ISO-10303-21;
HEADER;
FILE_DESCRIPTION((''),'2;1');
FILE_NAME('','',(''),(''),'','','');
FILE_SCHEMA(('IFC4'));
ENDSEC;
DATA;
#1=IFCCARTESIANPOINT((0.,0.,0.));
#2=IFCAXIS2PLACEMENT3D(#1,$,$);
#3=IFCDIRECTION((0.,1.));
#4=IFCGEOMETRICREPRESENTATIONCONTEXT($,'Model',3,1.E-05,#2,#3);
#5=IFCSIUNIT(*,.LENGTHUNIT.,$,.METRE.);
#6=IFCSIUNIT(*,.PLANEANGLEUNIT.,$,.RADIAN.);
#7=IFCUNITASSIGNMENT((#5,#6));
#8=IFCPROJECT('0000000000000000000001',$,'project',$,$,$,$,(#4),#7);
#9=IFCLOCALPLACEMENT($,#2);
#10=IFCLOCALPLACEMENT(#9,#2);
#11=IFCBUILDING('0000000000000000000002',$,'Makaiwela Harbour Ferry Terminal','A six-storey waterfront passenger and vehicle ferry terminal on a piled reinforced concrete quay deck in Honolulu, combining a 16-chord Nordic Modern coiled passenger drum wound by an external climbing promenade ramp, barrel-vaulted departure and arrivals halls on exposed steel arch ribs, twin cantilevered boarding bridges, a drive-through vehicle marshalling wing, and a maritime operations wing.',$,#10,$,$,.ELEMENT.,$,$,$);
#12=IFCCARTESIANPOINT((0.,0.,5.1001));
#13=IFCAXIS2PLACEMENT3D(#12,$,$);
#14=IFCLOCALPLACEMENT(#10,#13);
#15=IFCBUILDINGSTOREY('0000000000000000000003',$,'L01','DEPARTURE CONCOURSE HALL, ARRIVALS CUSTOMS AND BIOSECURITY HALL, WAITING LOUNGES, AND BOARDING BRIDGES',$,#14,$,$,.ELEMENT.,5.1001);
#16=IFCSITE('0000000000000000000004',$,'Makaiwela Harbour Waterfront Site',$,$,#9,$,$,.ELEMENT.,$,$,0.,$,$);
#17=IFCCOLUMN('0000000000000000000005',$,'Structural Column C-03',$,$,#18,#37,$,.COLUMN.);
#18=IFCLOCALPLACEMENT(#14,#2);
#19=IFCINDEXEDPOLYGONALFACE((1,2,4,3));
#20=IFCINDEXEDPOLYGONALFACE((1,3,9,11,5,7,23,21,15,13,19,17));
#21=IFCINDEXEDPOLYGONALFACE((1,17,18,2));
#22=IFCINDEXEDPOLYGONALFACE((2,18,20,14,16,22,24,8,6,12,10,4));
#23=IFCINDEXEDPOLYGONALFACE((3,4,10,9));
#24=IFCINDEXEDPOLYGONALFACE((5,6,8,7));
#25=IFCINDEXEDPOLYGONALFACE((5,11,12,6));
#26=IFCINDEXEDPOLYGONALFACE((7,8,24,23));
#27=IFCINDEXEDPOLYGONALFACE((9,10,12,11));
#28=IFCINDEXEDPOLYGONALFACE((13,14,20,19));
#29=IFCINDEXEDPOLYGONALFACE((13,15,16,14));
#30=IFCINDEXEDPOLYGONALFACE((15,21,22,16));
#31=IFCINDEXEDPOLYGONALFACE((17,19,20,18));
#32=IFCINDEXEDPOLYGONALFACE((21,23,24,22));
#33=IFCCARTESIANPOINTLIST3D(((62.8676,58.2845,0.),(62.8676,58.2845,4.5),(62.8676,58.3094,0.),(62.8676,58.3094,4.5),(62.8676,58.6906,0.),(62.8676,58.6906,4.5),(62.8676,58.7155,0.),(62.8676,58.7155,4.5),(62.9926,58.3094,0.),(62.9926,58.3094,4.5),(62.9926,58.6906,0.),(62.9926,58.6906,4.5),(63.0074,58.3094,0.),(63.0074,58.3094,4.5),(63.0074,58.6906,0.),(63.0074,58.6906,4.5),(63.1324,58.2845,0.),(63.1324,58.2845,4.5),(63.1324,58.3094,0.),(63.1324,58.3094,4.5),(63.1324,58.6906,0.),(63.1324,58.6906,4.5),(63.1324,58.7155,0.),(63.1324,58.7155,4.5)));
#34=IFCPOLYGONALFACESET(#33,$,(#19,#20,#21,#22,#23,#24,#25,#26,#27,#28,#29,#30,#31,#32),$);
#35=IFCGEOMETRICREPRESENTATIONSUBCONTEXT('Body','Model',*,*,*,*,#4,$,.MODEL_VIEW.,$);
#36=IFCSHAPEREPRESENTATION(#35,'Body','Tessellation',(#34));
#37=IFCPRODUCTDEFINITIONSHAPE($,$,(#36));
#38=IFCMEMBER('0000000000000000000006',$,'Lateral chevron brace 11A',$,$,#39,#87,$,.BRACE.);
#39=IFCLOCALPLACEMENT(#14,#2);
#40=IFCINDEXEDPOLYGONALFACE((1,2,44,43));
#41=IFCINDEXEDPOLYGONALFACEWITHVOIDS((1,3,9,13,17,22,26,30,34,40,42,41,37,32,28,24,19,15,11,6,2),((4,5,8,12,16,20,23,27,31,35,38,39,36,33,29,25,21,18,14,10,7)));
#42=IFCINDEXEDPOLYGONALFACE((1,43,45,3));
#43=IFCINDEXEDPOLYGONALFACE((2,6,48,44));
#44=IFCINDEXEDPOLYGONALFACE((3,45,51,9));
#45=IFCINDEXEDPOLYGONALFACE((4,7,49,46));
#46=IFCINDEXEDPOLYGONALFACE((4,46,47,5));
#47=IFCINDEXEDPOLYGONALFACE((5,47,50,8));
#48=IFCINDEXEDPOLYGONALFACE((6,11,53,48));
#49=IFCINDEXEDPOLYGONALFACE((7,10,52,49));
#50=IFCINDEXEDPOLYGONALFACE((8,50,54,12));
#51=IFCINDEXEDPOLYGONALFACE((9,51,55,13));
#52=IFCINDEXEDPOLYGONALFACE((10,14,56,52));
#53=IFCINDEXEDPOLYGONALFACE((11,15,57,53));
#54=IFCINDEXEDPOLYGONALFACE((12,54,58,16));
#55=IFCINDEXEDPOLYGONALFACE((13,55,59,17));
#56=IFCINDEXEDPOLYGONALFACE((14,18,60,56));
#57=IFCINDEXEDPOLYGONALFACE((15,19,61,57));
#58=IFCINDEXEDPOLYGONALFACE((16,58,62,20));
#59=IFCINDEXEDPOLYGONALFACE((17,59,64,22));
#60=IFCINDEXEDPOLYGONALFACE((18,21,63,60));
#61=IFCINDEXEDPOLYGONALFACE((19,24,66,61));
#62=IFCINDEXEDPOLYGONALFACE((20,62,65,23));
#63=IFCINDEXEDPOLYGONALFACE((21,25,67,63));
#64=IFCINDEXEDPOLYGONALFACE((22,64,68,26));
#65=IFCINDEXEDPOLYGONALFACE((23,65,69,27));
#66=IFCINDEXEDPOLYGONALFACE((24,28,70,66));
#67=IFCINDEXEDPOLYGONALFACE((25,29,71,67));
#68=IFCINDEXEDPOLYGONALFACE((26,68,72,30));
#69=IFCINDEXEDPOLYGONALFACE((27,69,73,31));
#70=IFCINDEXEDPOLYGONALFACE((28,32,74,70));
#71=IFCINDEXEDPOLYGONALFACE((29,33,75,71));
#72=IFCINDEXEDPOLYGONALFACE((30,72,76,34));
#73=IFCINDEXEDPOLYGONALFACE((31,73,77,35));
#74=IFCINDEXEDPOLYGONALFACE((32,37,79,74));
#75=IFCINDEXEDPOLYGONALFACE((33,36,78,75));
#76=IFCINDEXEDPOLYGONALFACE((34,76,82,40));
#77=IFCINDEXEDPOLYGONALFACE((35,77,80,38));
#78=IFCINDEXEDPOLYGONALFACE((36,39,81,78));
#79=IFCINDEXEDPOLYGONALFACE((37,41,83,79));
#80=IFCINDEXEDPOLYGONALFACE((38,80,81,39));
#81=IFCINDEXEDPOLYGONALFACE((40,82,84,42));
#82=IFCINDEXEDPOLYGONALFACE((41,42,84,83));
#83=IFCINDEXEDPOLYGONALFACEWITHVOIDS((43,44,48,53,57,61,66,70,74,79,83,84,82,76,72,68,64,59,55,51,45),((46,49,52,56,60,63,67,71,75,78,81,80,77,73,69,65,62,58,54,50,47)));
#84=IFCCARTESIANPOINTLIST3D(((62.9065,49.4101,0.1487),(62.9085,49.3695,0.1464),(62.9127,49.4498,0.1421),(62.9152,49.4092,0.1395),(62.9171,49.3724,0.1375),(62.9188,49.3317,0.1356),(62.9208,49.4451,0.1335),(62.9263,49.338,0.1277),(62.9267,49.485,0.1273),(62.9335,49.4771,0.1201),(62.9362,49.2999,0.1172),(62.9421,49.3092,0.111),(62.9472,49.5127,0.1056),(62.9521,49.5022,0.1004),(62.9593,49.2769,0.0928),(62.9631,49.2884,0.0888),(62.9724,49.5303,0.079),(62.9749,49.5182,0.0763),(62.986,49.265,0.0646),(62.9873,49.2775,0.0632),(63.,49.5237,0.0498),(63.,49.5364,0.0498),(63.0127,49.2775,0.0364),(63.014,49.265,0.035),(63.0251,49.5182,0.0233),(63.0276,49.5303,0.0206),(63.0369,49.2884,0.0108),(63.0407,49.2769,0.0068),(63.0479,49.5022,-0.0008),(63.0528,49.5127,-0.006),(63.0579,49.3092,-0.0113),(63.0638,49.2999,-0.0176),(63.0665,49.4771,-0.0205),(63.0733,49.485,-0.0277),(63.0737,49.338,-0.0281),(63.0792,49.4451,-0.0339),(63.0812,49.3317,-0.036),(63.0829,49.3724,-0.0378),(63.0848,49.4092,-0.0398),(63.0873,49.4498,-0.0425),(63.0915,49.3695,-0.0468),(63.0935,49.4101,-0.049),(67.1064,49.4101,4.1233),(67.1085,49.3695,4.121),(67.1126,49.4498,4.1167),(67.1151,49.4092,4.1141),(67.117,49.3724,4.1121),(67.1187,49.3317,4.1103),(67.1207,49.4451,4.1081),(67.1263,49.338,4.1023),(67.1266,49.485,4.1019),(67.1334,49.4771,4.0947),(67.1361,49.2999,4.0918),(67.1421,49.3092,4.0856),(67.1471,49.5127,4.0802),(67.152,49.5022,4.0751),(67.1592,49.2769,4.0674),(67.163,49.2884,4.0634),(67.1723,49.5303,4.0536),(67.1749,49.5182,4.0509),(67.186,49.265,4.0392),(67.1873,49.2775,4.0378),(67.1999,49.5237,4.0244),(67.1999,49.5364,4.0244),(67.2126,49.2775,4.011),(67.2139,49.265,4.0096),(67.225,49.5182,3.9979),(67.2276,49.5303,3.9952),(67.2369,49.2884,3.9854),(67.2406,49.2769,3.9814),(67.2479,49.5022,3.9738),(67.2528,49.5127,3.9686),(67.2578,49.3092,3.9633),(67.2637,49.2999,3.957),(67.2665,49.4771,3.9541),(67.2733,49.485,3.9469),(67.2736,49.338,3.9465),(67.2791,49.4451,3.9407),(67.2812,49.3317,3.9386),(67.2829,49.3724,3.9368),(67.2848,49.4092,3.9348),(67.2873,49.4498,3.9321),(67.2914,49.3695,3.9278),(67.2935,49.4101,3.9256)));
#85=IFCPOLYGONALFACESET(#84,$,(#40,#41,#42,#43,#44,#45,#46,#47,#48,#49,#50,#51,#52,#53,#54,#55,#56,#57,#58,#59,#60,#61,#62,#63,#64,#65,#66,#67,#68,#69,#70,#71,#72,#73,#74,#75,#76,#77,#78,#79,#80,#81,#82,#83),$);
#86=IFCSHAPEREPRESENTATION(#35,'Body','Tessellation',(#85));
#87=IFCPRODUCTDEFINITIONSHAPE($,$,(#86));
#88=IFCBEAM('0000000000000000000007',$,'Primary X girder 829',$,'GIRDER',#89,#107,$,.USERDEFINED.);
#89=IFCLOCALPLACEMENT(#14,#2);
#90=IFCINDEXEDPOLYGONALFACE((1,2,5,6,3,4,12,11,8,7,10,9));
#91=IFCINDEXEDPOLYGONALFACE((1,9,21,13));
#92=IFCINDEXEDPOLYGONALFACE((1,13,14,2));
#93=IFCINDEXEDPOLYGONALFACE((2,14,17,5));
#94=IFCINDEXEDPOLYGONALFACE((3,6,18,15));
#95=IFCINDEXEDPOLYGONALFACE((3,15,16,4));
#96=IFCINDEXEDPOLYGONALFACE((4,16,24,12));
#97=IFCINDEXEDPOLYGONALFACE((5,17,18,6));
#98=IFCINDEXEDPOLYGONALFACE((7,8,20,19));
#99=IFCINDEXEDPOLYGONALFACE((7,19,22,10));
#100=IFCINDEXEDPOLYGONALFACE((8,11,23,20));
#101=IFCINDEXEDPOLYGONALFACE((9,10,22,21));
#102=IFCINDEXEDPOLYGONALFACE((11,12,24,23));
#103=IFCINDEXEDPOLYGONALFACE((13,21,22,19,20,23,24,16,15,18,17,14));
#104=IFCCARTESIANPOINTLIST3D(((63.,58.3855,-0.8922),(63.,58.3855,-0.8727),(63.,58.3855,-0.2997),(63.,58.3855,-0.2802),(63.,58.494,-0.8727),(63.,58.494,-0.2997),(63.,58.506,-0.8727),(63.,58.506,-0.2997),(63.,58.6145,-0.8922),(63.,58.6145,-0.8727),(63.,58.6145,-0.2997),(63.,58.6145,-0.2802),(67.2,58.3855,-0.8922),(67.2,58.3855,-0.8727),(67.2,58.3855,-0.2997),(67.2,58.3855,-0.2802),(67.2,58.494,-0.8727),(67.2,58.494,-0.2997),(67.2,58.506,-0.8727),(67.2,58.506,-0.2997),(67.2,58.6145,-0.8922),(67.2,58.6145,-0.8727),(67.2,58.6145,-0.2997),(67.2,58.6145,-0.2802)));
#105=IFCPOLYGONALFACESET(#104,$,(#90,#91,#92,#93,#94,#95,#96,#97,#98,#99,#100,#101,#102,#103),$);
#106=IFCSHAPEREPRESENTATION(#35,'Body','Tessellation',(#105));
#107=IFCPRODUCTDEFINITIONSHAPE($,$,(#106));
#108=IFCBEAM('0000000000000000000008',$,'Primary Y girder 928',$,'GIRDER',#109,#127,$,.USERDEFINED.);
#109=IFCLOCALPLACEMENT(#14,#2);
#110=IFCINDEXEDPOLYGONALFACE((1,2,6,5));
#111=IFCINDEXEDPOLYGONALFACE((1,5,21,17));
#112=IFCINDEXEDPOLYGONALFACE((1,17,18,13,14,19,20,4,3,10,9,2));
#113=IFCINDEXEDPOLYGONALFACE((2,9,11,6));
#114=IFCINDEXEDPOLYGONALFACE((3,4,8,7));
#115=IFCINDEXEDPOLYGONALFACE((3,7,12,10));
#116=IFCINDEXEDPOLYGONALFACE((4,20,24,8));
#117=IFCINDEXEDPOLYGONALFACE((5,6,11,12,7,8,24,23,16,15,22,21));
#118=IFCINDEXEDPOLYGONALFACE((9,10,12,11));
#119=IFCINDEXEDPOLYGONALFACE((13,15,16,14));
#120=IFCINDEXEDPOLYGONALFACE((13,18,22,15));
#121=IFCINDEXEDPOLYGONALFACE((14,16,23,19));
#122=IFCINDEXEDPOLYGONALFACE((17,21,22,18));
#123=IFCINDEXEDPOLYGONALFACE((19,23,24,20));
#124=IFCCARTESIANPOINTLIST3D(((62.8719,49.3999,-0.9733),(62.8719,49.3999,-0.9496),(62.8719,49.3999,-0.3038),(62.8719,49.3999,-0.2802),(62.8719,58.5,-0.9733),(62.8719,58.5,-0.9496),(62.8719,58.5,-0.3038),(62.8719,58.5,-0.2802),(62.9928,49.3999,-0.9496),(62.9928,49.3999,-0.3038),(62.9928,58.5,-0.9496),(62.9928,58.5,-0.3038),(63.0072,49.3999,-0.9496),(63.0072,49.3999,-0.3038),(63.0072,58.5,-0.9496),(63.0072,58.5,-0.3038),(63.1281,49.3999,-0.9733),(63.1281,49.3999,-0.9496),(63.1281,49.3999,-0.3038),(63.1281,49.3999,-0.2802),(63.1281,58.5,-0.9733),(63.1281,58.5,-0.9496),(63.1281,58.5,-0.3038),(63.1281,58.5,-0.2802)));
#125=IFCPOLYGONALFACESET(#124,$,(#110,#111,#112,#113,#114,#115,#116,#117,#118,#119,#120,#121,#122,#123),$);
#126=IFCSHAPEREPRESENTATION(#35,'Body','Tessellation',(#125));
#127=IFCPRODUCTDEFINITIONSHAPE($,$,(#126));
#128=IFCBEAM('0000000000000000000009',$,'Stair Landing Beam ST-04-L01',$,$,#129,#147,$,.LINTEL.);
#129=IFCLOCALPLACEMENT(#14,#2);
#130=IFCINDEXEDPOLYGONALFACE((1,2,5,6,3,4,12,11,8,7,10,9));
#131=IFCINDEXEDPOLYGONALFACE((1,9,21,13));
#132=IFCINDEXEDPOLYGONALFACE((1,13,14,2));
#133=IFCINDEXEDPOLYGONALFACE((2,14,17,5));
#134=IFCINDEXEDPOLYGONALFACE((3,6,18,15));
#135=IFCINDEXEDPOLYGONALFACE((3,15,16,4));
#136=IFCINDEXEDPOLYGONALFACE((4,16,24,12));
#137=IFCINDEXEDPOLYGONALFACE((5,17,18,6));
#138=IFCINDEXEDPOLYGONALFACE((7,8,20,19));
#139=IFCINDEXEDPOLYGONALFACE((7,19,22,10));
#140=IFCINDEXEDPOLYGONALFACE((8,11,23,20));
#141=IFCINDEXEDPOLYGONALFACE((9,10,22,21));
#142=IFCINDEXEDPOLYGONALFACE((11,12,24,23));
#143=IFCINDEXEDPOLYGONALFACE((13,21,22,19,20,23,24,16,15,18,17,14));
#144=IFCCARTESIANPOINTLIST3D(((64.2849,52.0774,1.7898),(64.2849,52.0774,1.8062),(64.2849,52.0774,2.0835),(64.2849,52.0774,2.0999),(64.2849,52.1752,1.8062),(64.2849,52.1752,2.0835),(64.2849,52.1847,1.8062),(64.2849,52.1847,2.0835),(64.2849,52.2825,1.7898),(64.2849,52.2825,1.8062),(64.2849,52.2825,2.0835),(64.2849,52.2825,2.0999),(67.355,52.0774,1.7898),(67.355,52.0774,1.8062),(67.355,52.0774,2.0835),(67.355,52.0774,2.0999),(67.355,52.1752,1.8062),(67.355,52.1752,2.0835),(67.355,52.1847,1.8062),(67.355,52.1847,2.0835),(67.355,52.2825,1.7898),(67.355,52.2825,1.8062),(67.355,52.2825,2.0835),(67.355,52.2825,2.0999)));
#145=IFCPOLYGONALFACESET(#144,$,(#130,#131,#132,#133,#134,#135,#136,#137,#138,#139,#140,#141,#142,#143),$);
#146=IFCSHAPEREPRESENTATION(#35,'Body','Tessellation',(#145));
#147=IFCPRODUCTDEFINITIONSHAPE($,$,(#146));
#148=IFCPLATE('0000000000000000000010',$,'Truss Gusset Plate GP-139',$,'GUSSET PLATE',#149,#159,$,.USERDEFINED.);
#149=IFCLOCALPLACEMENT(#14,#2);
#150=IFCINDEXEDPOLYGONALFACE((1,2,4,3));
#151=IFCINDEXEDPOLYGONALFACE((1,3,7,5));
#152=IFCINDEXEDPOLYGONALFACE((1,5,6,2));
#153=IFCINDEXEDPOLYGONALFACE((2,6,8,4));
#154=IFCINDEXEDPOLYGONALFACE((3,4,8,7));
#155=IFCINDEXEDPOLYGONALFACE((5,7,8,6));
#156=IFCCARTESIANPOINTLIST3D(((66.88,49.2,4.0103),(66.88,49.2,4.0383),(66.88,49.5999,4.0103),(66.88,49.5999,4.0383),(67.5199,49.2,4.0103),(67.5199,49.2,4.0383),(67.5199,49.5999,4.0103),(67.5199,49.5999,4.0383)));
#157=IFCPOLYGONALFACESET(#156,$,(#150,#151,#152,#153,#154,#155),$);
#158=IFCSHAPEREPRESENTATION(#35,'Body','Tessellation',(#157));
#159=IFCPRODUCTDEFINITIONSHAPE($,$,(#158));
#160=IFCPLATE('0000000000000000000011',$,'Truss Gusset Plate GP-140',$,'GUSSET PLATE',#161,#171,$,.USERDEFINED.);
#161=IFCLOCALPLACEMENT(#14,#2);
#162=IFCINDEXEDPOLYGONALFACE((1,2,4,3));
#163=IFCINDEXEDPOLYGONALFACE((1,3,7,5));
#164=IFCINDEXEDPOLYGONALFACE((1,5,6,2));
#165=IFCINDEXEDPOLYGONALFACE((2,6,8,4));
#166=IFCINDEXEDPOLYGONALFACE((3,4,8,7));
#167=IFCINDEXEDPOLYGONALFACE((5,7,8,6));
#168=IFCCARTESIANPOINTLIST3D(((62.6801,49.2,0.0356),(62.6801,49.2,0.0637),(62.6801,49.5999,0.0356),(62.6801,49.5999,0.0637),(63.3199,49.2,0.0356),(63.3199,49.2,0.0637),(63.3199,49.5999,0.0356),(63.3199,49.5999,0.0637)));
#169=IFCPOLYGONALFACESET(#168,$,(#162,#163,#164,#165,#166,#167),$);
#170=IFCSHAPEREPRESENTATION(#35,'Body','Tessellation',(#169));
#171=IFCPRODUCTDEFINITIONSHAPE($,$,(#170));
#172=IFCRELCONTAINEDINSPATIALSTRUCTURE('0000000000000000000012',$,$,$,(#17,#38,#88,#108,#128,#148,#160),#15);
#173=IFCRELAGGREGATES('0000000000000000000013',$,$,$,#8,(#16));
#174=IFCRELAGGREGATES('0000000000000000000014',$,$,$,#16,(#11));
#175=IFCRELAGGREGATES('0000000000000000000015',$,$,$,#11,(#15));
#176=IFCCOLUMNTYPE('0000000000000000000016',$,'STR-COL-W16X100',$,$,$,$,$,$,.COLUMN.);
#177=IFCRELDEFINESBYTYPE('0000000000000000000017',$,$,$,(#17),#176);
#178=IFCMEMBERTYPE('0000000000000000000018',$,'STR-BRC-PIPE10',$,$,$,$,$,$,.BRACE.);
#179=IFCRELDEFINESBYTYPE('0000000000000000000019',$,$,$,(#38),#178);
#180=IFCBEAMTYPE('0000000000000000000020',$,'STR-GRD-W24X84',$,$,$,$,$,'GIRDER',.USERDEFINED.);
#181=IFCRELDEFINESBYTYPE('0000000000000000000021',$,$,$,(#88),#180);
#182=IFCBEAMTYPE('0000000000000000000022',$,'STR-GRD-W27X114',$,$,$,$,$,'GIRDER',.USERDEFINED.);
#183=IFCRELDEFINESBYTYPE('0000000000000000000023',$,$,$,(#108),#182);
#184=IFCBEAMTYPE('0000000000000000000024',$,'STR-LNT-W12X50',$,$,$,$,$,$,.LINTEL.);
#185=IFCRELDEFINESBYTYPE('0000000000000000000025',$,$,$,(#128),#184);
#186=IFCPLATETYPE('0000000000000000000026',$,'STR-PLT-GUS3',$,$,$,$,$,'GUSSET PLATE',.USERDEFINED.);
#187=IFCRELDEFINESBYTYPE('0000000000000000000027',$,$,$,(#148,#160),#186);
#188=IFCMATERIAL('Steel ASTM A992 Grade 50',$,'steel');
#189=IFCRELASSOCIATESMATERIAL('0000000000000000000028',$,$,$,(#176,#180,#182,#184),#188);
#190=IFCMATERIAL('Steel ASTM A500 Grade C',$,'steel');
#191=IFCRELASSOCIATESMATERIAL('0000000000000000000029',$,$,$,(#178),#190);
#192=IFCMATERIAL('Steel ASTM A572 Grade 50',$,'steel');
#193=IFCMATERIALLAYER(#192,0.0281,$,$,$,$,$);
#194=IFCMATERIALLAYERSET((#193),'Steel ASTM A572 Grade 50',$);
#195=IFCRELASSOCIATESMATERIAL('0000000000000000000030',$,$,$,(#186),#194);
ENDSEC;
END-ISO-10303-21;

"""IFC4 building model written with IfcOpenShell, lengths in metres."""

from ifc_helpers import new_model, si_unit, direction, frame, origin, origin_2d, place, context, subcontext, project, spatial, rectangle, hollow_circle, i_section, extrude, material, layer, layer_set, material_profile, profile_set, type_object, element, save


model = new_model("IFC4")

# Units and contexts
model_context = context("Model", 3, precision=1e-05, world=origin(), true_north=direction((0.0, 1.0)))
body_context = subcontext(model_context, "Body", "Model", "MODEL_VIEW")
ifc_project = project(units=[si_unit("LENGTHUNIT", "METRE"), si_unit("PLANEANGLEUNIT", "RADIAN")], contexts=[model_context])

# Site, building, storey
site_placement = place(None, origin())
site = spatial("IfcSite", under=ifc_project, at=site_placement, Name="Makaiwela Harbour Waterfront Site", CompositionType="ELEMENT", RefElevation=0.0)
building_placement = place(site_placement, origin())
building = spatial("IfcBuilding", under=site, at=building_placement, Name="Makaiwela Harbour Ferry Terminal", Description="A six-storey waterfront passenger and vehicle ferry terminal on a piled reinforced concrete quay deck in Honolulu, combining a 16-chord Nordic Modern coiled passenger drum wound by an external climbing promenade ramp, barrel-vaulted departure and arrivals halls on exposed steel arch ribs, twin cantilevered boarding bridges, a drive-through vehicle marshalling wing, and a maritime operations wing.", CompositionType="ELEMENT")
storey_placement = place(building_placement, frame((0.0, 0.0, 5.1001)))
storey = spatial("IfcBuildingStorey", under=building, at=storey_placement, Name="L01", Description="DEPARTURE CONCOURSE HALL, ARRIVALS CUSTOMS AND BIOSECURITY HALL, WAITING LOUNGES, AND BOARDING BRIDGES", CompositionType="ELEMENT", Elevation=5.1001)

# Column
ifc_material_1 = material(Name="Steel ASTM A992 Grade 50", Category="steel")
ifc_material_profile_1 = material_profile(ifc_material_1, i_section(OverallWidth=0.2649, OverallDepth=0.4309, WebThickness=0.0149, FlangeThickness=0.0249, at=origin_2d()), Name="W16X100")
ifc_profile_set_1 = profile_set([ifc_material_profile_1], Name="Steel ASTM A992 Grade 50")
column_type = type_object("IfcColumnType", Name="STR-COL-W16X100", PredefinedType="COLUMN", material=ifc_profile_set_1)
column_placement = place(storey_placement, frame((63.0, 58.5, 0.0), z_axis=(0.0, 0.0, 1.0), x_axis=(1.0, 0.0, 0.0)))
element("IfcColumn", 1, at=column_placement, inside=storey, type_object=column_type, Name="Structural Column C-03", PredefinedType="COLUMN", context=body_context, shape_type="SweptSolid", body=[
    extrude(i_section(OverallWidth=0.2649, OverallDepth=0.4309, WebThickness=0.0149, FlangeThickness=0.0249, at=origin_2d()), origin(), (0.0, 0.0, 1.0), 4.5),
])

# Member
ifc_material_2 = material(Name="Steel ASTM A500 Grade C", Category="steel")
ifc_material_profile_2 = material_profile(ifc_material_2, hollow_circle(Radius=0.1365, WallThickness=0.0127, at=origin_2d()), Name="PIPE10XS")
ifc_profile_set_2 = profile_set([ifc_material_profile_2], Name="Steel ASTM A500 Grade C")
member_type = type_object("IfcMemberType", Name="STR-BRC-PIPE10", PredefinedType="BRACE", material=ifc_profile_set_2)
member_placement = place(storey_placement, frame((63.0, 49.3999, 0.0498), z_axis=(0.726323, 0.0, 0.687353), x_axis=(0.0, 1.0, 0.0)))
element("IfcMember", 2, at=member_placement, inside=storey, type_object=member_type, Name="Lateral chevron brace 11A", PredefinedType="BRACE", context=body_context, shape_type="SweptSolid", body=[
    extrude(hollow_circle(Radius=0.1365, WallThickness=0.0127, at=origin_2d()), origin(), (0.0, 0.0, 1.0), 5.7825),
])

# Beams
ifc_material_profile_3 = material_profile(ifc_material_1, i_section(OverallWidth=0.229, OverallDepth=0.6121, WebThickness=0.012, FlangeThickness=0.0195, at=origin_2d()), Name="W24X84")
ifc_profile_set_3 = profile_set([ifc_material_profile_3], Name="Steel ASTM A992 Grade 50")
beam_type_1 = type_object("IfcBeamType", Name="STR-GRD-W24X84", ElementType="GIRDER", PredefinedType="USERDEFINED", material=ifc_profile_set_3)
beam_1_placement = place(storey_placement, frame((63.0, 58.5, -0.5862), z_axis=(1.0, 0.0, 0.0), x_axis=(0.0, 1.0, 0.0)))
element("IfcBeam", 3, at=beam_1_placement, inside=storey, type_object=beam_type_1, Name="Primary X girder 829", ObjectType="GIRDER", PredefinedType="USERDEFINED", context=body_context, shape_type="SweptSolid", body=[
    extrude(i_section(OverallWidth=0.229, OverallDepth=0.6121, WebThickness=0.012, FlangeThickness=0.0195, at=origin_2d()), origin(), (0.0, 0.0, 1.0), 4.2),
])
ifc_material_profile_4 = material_profile(ifc_material_1, i_section(OverallWidth=0.2561, OverallDepth=0.6931, WebThickness=0.0144, FlangeThickness=0.0237, at=origin_2d()), Name="W27X114")
ifc_profile_set_4 = profile_set([ifc_material_profile_4], Name="Steel ASTM A992 Grade 50")
beam_type_2 = type_object("IfcBeamType", Name="STR-GRD-W27X114", ElementType="GIRDER", PredefinedType="USERDEFINED", material=ifc_profile_set_4)
beam_2_placement = place(storey_placement, frame((63.0, 49.3999, -0.6267), z_axis=(0.0, 1.0, 0.0), x_axis=(-1.0, 0.0, 0.0)))
element("IfcBeam", 4, at=beam_2_placement, inside=storey, type_object=beam_type_2, Name="Primary Y girder 928", ObjectType="GIRDER", PredefinedType="USERDEFINED", context=body_context, shape_type="SweptSolid", body=[
    extrude(i_section(OverallWidth=0.2561, OverallDepth=0.6931, WebThickness=0.0144, FlangeThickness=0.0237, at=origin_2d()), origin(), (0.0, 0.0, 1.0), 9.1001),
])
ifc_material_profile_5 = material_profile(ifc_material_1, i_section(OverallWidth=0.2051, OverallDepth=0.3101, WebThickness=0.0095, FlangeThickness=0.0164, at=origin_2d()), Name="W12X50")
ifc_profile_set_5 = profile_set([ifc_material_profile_5], Name="Steel ASTM A992 Grade 50")
beam_type_3 = type_object("IfcBeamType", Name="STR-LNT-W12X50", PredefinedType="LINTEL", material=ifc_profile_set_5)
beam_3_placement = place(storey_placement, frame((64.2849, 52.1799, 1.9448), z_axis=(1.0, 0.0, 0.0), x_axis=(0.0, 1.0, 0.0)))
element("IfcBeam", 5, at=beam_3_placement, inside=storey, type_object=beam_type_3, Name="Stair Landing Beam ST-04-L01", PredefinedType="LINTEL", context=body_context, shape_type="SweptSolid", body=[
    extrude(i_section(OverallWidth=0.2051, OverallDepth=0.3101, WebThickness=0.0095, FlangeThickness=0.0164, at=origin_2d()), origin(), (0.0, 0.0, 1.0), 3.0701),
])

# Plates
ifc_material_3 = material(Name="Steel ASTM A572 Grade 50", Category="steel")
ifc_layer_1 = layer(ifc_material_3, 0.0281)
ifc_layer_set_1 = layer_set([ifc_layer_1], Name="Steel ASTM A572 Grade 50")
plate_type = type_object("IfcPlateType", Name="STR-PLT-GUS3", ElementType="GUSSET PLATE", PredefinedType="USERDEFINED", material=ifc_layer_set_1)
for number, where, z_axis, x_axis, name in (
    (6, (67.2, 49.3999, 4.0103), (0.0, 0.0, 1.0), (1.0, 0.0, 0.0), "Truss Gusset Plate GP-139"),
    (7, (63.0, 49.3999, 0.0356), (0.0, 0.0, 1.0), (1.0, 0.0, 0.0), "Truss Gusset Plate GP-140"),
):
    element("IfcPlate", number, at=place(storey_placement, frame(where, z_axis=z_axis, x_axis=x_axis)), inside=storey, type_object=plate_type, Name=name, ObjectType="GUSSET PLATE", PredefinedType="USERDEFINED", context=body_context, shape_type="SweptSolid", body=[
        extrude(rectangle(XDim=0.6399, YDim=0.3999, at=origin_2d()), origin(), (0.0, 0.0, 1.0), 0.0281),
    ])

save(model, "model.ifc")
